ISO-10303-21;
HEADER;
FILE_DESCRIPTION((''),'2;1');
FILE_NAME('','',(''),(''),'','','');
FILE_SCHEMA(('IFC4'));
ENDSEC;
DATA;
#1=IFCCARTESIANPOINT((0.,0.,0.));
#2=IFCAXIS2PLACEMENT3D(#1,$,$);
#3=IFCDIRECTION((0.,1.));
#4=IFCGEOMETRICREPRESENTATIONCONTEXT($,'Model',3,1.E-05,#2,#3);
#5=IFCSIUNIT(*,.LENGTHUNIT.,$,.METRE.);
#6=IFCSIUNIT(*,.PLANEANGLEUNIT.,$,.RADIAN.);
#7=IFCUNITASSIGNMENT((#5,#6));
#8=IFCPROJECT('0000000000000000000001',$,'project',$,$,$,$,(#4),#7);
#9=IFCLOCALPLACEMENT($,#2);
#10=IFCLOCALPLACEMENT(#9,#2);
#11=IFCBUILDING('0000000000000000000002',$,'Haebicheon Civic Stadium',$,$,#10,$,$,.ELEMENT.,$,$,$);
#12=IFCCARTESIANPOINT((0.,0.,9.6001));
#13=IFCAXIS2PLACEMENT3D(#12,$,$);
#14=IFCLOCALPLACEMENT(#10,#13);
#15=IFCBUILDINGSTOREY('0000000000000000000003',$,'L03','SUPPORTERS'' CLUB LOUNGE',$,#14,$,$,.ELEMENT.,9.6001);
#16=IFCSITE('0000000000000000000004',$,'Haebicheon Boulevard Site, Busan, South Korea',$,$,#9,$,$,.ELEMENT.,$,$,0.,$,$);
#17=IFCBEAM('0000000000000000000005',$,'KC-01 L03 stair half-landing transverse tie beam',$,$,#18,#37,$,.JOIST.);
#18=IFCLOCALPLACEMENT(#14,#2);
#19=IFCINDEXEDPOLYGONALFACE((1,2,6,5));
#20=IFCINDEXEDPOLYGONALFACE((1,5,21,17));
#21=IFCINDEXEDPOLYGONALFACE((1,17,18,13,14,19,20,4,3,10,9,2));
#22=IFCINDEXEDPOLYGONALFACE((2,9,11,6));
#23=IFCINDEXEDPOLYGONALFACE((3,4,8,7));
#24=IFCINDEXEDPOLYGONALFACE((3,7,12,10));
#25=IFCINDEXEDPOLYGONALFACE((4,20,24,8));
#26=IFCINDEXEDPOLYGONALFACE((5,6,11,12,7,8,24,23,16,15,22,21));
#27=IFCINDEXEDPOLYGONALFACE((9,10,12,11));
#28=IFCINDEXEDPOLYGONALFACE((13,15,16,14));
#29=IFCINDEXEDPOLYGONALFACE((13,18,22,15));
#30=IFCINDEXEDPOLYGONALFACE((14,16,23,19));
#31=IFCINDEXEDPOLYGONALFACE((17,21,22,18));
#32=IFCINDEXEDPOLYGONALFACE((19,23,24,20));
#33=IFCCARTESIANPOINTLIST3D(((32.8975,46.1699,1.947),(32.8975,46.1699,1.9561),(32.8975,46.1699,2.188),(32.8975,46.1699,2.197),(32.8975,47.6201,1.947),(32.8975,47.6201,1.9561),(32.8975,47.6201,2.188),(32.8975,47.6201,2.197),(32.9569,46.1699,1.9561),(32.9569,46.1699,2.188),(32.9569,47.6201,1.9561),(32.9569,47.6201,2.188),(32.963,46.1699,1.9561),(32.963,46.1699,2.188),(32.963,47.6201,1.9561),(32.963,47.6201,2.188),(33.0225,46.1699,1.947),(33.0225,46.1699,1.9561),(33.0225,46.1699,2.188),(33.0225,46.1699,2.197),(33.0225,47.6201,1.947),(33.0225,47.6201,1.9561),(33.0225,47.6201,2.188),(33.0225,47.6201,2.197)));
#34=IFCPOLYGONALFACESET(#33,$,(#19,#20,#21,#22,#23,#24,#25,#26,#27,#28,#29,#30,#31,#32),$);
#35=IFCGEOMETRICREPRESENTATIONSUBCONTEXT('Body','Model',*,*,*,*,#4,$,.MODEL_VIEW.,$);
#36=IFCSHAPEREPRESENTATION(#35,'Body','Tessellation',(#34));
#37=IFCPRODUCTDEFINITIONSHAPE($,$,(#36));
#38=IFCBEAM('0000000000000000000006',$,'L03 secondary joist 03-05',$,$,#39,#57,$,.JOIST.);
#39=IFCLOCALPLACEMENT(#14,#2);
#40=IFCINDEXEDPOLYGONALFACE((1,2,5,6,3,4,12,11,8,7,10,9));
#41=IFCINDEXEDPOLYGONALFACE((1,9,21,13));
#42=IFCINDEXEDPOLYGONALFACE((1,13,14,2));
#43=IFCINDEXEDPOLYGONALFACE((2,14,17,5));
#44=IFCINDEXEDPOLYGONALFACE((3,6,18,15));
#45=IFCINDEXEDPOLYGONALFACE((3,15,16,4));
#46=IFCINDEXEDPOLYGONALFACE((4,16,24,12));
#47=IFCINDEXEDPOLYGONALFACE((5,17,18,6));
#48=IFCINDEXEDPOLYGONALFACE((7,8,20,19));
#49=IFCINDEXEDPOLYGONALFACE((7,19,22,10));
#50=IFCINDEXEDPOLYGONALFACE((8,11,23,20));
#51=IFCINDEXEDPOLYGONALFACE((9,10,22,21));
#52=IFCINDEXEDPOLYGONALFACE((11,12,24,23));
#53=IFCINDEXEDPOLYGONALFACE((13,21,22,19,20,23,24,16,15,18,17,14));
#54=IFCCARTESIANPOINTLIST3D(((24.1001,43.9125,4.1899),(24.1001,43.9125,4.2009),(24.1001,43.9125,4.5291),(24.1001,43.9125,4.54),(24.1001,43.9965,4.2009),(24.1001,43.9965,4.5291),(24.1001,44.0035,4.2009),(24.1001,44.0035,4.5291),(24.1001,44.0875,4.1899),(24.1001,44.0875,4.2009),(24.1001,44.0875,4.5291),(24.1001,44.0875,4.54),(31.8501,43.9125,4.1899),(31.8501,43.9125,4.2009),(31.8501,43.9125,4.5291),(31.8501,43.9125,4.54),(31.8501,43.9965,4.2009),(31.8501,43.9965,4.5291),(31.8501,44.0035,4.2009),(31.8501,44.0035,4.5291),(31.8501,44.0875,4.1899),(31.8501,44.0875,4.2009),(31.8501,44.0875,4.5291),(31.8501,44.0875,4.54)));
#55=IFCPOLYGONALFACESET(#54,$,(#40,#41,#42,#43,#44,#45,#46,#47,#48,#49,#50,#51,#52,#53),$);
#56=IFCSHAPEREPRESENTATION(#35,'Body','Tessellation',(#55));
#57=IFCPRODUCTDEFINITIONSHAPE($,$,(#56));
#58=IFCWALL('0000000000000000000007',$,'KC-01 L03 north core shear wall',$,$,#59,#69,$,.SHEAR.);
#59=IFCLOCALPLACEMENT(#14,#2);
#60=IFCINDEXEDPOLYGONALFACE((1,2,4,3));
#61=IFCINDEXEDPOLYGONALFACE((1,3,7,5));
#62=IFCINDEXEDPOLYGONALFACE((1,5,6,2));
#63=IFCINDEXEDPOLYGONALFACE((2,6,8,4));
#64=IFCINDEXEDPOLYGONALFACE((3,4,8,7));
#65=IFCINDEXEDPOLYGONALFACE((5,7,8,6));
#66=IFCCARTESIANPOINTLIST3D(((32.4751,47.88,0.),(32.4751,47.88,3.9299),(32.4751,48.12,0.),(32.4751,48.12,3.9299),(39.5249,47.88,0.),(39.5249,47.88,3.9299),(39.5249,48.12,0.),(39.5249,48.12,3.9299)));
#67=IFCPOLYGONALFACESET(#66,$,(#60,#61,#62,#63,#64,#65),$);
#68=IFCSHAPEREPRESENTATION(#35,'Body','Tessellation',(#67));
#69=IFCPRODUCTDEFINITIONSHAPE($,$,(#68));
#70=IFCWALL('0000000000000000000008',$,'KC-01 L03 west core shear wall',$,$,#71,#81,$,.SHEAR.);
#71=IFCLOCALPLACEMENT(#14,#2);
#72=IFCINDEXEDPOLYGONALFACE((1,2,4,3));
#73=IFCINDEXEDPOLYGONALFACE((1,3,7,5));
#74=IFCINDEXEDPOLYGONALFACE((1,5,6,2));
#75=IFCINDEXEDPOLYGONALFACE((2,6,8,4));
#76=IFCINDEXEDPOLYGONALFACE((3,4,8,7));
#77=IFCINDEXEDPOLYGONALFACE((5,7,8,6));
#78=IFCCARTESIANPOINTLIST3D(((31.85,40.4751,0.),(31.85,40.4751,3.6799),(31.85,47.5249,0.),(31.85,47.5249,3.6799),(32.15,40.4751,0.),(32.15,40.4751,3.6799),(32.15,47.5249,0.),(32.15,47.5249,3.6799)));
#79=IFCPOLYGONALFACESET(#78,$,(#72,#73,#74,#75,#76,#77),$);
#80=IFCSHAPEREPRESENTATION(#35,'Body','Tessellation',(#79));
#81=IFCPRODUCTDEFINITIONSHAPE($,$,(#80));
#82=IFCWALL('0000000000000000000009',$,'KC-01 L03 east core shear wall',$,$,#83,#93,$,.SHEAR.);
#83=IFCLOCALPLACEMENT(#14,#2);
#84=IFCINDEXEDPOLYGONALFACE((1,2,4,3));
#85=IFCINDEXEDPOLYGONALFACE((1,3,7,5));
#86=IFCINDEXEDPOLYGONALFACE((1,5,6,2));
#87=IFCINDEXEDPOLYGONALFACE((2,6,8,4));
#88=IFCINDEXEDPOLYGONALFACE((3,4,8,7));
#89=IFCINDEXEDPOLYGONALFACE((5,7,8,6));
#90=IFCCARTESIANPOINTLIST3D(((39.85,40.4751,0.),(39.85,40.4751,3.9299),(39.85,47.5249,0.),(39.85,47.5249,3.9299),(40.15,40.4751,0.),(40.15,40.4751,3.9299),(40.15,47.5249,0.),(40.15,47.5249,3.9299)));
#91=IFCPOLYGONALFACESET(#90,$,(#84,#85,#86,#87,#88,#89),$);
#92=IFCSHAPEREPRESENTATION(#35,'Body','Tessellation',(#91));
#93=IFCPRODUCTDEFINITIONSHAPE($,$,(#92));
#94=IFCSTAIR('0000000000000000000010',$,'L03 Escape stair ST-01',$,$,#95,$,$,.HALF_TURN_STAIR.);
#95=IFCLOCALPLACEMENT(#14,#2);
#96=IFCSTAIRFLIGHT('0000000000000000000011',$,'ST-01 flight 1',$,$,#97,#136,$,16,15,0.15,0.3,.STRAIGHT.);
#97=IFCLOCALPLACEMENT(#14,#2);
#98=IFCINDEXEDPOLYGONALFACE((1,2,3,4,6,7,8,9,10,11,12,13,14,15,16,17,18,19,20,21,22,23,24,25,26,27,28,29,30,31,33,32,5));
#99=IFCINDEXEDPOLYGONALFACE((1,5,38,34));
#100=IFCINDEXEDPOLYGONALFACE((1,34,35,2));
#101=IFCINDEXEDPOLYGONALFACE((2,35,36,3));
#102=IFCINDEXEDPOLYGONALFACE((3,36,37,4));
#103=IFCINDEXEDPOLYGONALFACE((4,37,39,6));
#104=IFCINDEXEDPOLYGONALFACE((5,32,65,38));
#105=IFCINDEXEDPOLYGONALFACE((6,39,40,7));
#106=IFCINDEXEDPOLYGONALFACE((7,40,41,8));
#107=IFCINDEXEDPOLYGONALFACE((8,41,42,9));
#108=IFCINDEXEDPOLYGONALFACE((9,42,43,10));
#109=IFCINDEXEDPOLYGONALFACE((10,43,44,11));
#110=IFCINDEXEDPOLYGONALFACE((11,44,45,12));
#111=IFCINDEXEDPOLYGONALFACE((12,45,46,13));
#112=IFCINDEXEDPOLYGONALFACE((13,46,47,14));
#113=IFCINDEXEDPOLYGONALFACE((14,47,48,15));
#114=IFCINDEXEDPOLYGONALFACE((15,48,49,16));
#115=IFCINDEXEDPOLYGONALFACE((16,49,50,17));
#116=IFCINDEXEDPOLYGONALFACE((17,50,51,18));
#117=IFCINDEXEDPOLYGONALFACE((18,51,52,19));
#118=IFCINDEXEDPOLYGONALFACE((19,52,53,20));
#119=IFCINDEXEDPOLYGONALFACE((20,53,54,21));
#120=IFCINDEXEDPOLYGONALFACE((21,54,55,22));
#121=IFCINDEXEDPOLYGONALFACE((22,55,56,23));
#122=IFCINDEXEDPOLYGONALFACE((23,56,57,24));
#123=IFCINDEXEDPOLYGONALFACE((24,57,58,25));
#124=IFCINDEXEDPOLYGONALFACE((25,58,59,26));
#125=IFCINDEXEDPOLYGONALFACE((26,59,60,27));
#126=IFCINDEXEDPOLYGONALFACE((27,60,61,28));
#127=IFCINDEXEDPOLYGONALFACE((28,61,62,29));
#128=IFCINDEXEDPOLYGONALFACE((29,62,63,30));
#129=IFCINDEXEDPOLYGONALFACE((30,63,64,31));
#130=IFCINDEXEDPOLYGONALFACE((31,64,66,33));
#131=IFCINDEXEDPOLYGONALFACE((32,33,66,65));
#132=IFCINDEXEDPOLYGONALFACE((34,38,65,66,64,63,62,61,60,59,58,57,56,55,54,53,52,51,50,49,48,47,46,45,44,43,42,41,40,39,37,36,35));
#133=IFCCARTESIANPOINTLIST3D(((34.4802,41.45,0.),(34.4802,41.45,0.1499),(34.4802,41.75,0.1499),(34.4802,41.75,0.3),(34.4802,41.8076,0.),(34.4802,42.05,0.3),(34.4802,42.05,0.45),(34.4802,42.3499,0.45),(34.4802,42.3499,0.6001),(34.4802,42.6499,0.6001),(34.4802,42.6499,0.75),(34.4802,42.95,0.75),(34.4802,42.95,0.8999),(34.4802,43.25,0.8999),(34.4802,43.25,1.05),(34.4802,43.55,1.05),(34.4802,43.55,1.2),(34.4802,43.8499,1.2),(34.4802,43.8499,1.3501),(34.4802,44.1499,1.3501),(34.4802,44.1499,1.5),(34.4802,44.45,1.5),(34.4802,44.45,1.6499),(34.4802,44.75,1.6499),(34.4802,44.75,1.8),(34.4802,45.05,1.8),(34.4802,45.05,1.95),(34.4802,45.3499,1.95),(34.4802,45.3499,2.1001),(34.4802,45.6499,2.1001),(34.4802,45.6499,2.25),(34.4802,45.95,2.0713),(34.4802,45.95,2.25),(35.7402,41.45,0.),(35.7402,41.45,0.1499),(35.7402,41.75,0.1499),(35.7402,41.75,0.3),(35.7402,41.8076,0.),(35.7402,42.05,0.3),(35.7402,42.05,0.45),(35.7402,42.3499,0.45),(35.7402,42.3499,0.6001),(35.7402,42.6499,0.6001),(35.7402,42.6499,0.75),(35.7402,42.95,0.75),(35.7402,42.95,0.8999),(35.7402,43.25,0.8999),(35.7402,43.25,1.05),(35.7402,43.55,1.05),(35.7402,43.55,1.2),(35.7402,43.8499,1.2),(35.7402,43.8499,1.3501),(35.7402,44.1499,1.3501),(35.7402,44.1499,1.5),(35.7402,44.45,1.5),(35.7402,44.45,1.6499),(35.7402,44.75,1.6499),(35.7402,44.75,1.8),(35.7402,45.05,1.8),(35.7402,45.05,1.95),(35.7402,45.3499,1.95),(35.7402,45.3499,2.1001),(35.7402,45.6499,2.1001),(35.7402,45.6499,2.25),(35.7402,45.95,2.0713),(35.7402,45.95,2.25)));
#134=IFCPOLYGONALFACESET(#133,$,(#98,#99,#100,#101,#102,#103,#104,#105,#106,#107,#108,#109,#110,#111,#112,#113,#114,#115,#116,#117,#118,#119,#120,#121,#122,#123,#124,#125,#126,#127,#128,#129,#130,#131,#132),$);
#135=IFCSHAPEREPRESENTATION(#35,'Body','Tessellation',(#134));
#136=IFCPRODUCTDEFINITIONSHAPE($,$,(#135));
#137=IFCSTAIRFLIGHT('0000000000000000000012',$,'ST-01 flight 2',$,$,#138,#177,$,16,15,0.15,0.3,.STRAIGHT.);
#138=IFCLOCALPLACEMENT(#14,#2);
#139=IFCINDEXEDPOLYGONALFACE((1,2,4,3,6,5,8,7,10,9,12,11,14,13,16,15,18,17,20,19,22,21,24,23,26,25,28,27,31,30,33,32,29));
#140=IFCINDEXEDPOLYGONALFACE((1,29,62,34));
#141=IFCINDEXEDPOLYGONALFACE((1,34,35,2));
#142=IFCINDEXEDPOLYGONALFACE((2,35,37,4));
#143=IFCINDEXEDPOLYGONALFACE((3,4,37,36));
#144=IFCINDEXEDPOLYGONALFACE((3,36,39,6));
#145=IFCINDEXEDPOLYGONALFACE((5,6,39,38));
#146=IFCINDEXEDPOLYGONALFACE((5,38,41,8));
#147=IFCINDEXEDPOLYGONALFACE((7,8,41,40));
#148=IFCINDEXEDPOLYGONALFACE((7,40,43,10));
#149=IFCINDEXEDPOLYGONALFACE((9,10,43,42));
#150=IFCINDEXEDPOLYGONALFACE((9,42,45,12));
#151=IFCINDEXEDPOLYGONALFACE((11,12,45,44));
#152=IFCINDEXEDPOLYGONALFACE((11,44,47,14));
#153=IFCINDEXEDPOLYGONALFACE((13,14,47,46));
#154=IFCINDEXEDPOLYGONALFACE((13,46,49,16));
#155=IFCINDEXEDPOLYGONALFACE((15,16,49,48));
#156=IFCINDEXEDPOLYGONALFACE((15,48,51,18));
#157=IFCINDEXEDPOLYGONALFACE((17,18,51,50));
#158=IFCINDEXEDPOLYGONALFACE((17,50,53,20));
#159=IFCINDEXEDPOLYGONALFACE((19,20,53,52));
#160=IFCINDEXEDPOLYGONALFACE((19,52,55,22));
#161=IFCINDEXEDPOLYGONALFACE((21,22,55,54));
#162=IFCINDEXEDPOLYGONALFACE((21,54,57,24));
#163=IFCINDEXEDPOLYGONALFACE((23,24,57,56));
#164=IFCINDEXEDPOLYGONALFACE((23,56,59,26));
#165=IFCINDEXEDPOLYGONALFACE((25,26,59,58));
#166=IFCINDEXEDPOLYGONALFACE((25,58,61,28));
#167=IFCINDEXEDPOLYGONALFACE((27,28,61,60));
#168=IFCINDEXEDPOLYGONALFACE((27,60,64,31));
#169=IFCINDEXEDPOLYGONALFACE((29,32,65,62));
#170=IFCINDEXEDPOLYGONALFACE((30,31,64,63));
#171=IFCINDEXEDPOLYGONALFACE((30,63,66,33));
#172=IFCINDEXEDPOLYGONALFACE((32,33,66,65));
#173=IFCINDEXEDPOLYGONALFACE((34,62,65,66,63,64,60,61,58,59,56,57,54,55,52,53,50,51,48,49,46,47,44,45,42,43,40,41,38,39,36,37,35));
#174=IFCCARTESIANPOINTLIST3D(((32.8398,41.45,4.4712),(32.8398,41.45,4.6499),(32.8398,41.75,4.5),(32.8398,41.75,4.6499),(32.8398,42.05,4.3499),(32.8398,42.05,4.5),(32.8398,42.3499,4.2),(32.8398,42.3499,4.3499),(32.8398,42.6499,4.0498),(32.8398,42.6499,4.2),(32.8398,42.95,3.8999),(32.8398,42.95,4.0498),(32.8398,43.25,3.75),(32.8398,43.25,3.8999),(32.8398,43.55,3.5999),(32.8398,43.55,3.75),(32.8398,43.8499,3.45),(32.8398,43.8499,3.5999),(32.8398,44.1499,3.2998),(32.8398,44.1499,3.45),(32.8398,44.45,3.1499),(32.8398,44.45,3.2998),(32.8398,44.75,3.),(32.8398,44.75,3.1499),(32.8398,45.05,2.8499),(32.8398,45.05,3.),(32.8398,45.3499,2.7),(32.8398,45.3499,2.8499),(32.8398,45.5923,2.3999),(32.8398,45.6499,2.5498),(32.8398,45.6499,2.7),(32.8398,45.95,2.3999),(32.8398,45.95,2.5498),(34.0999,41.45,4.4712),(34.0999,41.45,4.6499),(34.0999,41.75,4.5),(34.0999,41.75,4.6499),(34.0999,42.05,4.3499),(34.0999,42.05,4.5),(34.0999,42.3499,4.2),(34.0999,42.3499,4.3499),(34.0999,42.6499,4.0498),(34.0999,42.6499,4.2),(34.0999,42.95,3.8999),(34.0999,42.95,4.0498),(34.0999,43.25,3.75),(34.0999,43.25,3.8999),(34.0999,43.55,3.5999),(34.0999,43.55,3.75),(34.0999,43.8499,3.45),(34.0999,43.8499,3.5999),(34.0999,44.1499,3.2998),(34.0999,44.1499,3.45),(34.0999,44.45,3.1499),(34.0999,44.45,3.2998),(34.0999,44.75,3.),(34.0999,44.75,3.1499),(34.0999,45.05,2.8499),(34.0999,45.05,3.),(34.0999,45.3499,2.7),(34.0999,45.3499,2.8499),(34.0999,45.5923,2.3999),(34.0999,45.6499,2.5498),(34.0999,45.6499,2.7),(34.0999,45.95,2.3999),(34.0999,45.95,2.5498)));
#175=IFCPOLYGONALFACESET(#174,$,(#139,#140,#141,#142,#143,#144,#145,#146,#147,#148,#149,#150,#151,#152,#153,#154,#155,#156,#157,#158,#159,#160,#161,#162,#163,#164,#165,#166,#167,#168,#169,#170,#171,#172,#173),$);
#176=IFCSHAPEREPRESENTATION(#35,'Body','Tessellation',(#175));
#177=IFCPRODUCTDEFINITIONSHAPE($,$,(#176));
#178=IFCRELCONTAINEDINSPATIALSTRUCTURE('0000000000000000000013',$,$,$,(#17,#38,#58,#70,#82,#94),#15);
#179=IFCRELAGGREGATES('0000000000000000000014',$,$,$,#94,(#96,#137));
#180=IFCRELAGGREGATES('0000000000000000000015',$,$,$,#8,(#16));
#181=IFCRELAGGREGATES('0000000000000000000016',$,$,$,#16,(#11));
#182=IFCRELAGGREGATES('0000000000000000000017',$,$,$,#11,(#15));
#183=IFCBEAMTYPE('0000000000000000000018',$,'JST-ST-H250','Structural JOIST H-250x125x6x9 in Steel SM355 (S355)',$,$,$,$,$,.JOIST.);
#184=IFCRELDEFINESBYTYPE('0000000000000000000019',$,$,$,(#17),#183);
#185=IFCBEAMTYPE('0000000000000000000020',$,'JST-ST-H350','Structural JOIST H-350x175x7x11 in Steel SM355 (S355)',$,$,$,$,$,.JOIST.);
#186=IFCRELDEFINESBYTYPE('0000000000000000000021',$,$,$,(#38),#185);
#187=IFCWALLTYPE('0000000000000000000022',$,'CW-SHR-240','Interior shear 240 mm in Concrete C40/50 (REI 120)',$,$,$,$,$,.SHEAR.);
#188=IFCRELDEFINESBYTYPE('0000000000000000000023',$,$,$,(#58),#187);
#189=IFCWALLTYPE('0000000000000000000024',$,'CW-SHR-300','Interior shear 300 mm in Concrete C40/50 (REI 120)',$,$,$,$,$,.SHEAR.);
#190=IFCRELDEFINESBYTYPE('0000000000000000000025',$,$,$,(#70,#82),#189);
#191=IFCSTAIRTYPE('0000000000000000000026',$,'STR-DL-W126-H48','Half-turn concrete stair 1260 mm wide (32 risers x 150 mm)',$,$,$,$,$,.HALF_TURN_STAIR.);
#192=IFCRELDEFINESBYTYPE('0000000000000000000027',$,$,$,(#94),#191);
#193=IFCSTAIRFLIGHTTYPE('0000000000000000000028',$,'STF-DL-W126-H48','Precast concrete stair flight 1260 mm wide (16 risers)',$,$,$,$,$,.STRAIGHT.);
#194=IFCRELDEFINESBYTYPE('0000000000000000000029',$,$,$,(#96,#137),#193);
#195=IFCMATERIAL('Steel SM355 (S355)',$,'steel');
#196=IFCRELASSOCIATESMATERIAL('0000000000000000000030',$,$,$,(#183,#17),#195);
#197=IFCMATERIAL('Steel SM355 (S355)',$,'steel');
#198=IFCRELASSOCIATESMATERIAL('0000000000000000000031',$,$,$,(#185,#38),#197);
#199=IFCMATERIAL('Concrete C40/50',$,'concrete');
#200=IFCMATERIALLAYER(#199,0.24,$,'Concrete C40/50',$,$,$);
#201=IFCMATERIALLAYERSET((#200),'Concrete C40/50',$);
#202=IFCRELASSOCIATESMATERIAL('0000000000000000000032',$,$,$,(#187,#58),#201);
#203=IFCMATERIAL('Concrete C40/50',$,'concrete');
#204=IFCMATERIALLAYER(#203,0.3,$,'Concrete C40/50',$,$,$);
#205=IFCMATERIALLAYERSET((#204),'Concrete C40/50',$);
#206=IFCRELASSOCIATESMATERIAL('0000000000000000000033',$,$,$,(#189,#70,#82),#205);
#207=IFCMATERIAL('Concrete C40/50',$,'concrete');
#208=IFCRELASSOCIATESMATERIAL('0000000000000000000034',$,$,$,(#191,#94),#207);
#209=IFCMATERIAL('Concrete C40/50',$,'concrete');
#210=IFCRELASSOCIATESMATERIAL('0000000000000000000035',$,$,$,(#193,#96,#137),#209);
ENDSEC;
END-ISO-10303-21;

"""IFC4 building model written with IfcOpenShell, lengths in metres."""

from ifc_helpers import new_model, si_unit, direction, frame, frame_2d, origin, origin_2d, place, context, subcontext, project, spatial, polyline, rectangle, i_section, outline, extrude, material, layer, layer_set, material_profile, profile_set, type_object, element, aggregate, save


model = new_model("IFC4")

# Units and contexts
model_context = context("Model", 3, precision=1e-05, world=origin(), true_north=direction((0.0, 1.0)))
body_context = subcontext(model_context, "Body", "Model", "MODEL_VIEW")
ifc_project = project(units=[si_unit("LENGTHUNIT", "METRE"), si_unit("PLANEANGLEUNIT", "RADIAN")], contexts=[model_context])

# Site, building, storey
site_placement = place(None, origin())
site = spatial("IfcSite", under=ifc_project, at=site_placement, Name="Haebicheon Boulevard Site, Busan, South Korea", CompositionType="ELEMENT", RefElevation=0.0)
building_placement = place(site_placement, origin())
building = spatial("IfcBuilding", under=site, at=building_placement, Name="Haebicheon Civic Stadium", CompositionType="ELEMENT")
storey_placement = place(building_placement, frame((0.0, 0.0, 9.6001)))
storey = spatial("IfcBuildingStorey", under=building, at=storey_placement, Name="L03", Description="SUPPORTERS' CLUB LOUNGE", CompositionType="ELEMENT", Elevation=9.6001)

# Beams
ifc_material_1 = material(Name="Steel SM355 (S355)", Category="steel")
ifc_material_profile_1 = material_profile(ifc_material_1, i_section(OverallWidth=0.125, OverallDepth=0.25, WebThickness=0.0061, FlangeThickness=0.009, at=origin_2d()), Name="H-250x125x6x9")
ifc_profile_set_1 = profile_set([ifc_material_profile_1], Name="Steel SM355 (S355)")
beam_type_1 = type_object("IfcBeamType", Name="JST-ST-H250", Description="Structural JOIST H-250x125x6x9 in Steel SM355 (S355)", PredefinedType="JOIST", material=ifc_profile_set_1)
beam_1_placement = place(storey_placement, frame((32.96, 46.1699, 2.072), z_axis=(0.0, 1.0, 0.0), x_axis=(-1.0, 0.0, 0.0)))
element("IfcBeam", 1, at=beam_1_placement, inside=storey, type_object=beam_type_1, material=ifc_profile_set_1, Name="KC-01 L03 stair half-landing transverse tie beam", PredefinedType="JOIST", context=body_context, shape_type="SweptSolid", body=[
    extrude(i_section(OverallWidth=0.125, OverallDepth=0.25, WebThickness=0.0061, FlangeThickness=0.009, at=origin_2d()), origin(), (0.0, 0.0, 1.0), 1.4502),
])
ifc_material_2 = material(Name="Steel SM355 (S355)", Category="steel")
ifc_material_profile_2 = material_profile(ifc_material_2, i_section(OverallWidth=0.175, OverallDepth=0.3501, WebThickness=0.0071, FlangeThickness=0.011, at=origin_2d()), Name="H-350x175x7x11")
ifc_profile_set_2 = profile_set([ifc_material_profile_2], Name="Steel SM355 (S355)")
beam_type_2 = type_object("IfcBeamType", Name="JST-ST-H350", Description="Structural JOIST H-350x175x7x11 in Steel SM355 (S355)", PredefinedType="JOIST", material=ifc_profile_set_2)
beam_2_placement = place(storey_placement, frame((24.1001, 44.0, 4.365), z_axis=(1.0, 0.0, 0.0), x_axis=(0.0, 1.0, 0.0)))
element("IfcBeam", 2, at=beam_2_placement, inside=storey, type_object=beam_type_2, material=ifc_profile_set_2, Name="L03 secondary joist 03-05", PredefinedType="JOIST", context=body_context, shape_type="SweptSolid", body=[
    extrude(i_section(OverallWidth=0.175, OverallDepth=0.3501, WebThickness=0.0071, FlangeThickness=0.011, at=origin_2d()), origin(), (0.0, 0.0, 1.0), 7.75),
])

# Walls
ifc_material_3 = material(Name="Concrete C40/50", Category="concrete")
ifc_layer_1 = layer(ifc_material_3, 0.24, Name="Concrete C40/50")
ifc_layer_set_1 = layer_set([ifc_layer_1], Name="Concrete C40/50")
wall_type_1 = type_object("IfcWallType", Name="CW-SHR-240", Description="Interior shear 240 mm in Concrete C40/50 (REI 120)", PredefinedType="SHEAR", material=ifc_layer_set_1)
wall_1_placement = place(storey_placement, frame((32.4751, 48.0, 0.0), z_axis=(0.0, 0.0, 1.0), x_axis=(1.0, 0.0, 0.0)))
element("IfcWall", 3, at=wall_1_placement, inside=storey, type_object=wall_type_1, material=ifc_layer_set_1, Name="KC-01 L03 north core shear wall", PredefinedType="SHEAR", context=body_context, shape_type="SweptSolid", body=[
    extrude(rectangle(XDim=7.0498, YDim=0.24, at=frame_2d((3.5249, 0.0))), origin(), (0.0, 0.0, 1.0), 3.9299),
])
ifc_material_4 = material(Name="Concrete C40/50", Category="concrete")
ifc_layer_2 = layer(ifc_material_4, 0.3, Name="Concrete C40/50")
ifc_layer_set_2 = layer_set([ifc_layer_2], Name="Concrete C40/50")
wall_type_2 = type_object("IfcWallType", Name="CW-SHR-300", Description="Interior shear 300 mm in Concrete C40/50 (REI 120)", PredefinedType="SHEAR", material=ifc_layer_set_2)
wall_2_placement = place(storey_placement, frame((32.0, 40.4751, 0.0), z_axis=(0.0, 0.0, 1.0), x_axis=(0.0, 1.0, 0.0)))
element("IfcWall", 4, at=wall_2_placement, inside=storey, type_object=wall_type_2, material=ifc_layer_set_2, Name="KC-01 L03 west core shear wall", PredefinedType="SHEAR", context=body_context, shape_type="SweptSolid", body=[
    extrude(rectangle(XDim=7.0498, YDim=0.3, at=frame_2d((3.5249, 0.0))), origin(), (0.0, 0.0, 1.0), 3.6799),
])
wall_3_placement = place(storey_placement, frame((40.0, 40.4751, 0.0), z_axis=(0.0, 0.0, 1.0), x_axis=(0.0, 1.0, 0.0)))
element("IfcWall", 5, at=wall_3_placement, inside=storey, type_object=wall_type_2, material=ifc_layer_set_2, Name="KC-01 L03 east core shear wall", PredefinedType="SHEAR", context=body_context, shape_type="SweptSolid", body=[
    extrude(rectangle(XDim=7.0498, YDim=0.3, at=frame_2d((3.5249, 0.0))), origin(), (0.0, 0.0, 1.0), 3.9299),
])

# Stair, stair flights
ifc_material_5 = material(Name="Concrete C40/50", Category="concrete")
stair_type = type_object("IfcStairType", Name="STR-DL-W126-H48", Description="Half-turn concrete stair 1260 mm wide (32 risers x 150 mm)", PredefinedType="HALF_TURN_STAIR", material=ifc_material_5)
stair_placement = place(storey_placement, origin())
stair = element("IfcStair", 6, at=stair_placement, inside=storey, type_object=stair_type, material=ifc_material_5, Name="L03 Escape stair ST-01", PredefinedType="HALF_TURN_STAIR")
ifc_material_6 = material(Name="Concrete C40/50", Category="concrete")
stair_flight_type = type_object("IfcStairFlightType", Name="STF-DL-W126-H48", Description="Precast concrete stair flight 1260 mm wide (16 risers)", PredefinedType="STRAIGHT", material=ifc_material_6)
stair_flight_1_placement = place(storey_placement, frame((35.1101, 41.45, 0.0), z_axis=(0.0, 0.0, 1.0), x_axis=(0.0, 1.0, 0.0)))
stair_flight_1 = element("IfcStairFlight", 7, at=stair_flight_1_placement, type_object=stair_flight_type, material=ifc_material_6, Name="ST-01 flight 1", NumberOfRisers=16, NumberOfTreads=15, PredefinedType="STRAIGHT", RiserHeight=0.15, TreadLength=0.3, context=body_context, shape_type="SweptSolid", body=[
    extrude(outline(polyline([(0.0, 0.0), (0.0, 0.1499), (0.3, 0.1499), (0.3, 0.3), (0.6001, 0.3), (0.6001, 0.45), (0.8999, 0.45), (0.8999, 0.6001), (1.2, 0.6001), (1.2, 0.75), (1.5, 0.75), (1.5, 0.8999), (1.8, 0.8999), (1.8, 1.05), (2.1001, 1.05), (2.1001, 1.2), (2.3999, 1.2), (2.3999, 1.3501), (2.7, 1.3501), (2.7, 1.5), (3.0, 1.5), (3.0, 1.6499), (3.3, 1.6499), (3.3, 1.8), (3.6001, 1.8), (3.6001, 1.95), (3.8999, 1.95), (3.8999, 2.1001), (4.2, 2.1001), (4.2, 2.25), (4.5, 2.25), (4.5, 2.3999), (4.5, 2.0713), (0.3577, 0.0), (0.0, 0.0)])), frame((0.0, 0.6299, 0.0), z_axis=(0.0, -1.0, 0.0), x_axis=(1.0, 0.0, 0.0)), (0.0, 0.0, 1.0), 1.26),
])
stair_flight_2_placement = place(storey_placement, frame((33.47, 45.95, 2.3999), z_axis=(0.0, 0.0, 1.0), x_axis=(0.0, -1.0, 0.0)))
stair_flight_2 = element("IfcStairFlight", 8, at=stair_flight_2_placement, type_object=stair_flight_type, material=ifc_material_6, Name="ST-01 flight 2", NumberOfRisers=16, NumberOfTreads=15, PredefinedType="STRAIGHT", RiserHeight=0.15, TreadLength=0.3, context=body_context, shape_type="SweptSolid", body=[
    extrude(outline(polyline([(0.0, 0.0), (0.0, 0.1499), (0.3, 0.1499), (0.3, 0.3), (0.6001, 0.3), (0.6001, 0.45), (0.8999, 0.45), (0.8999, 0.6001), (1.2, 0.6001), (1.2, 0.75), (1.5, 0.75), (1.5, 0.8999), (1.8, 0.8999), (1.8, 1.05), (2.1001, 1.05), (2.1001, 1.2), (2.3999, 1.2), (2.3999, 1.3501), (2.7, 1.3501), (2.7, 1.5), (3.0, 1.5), (3.0, 1.6499), (3.3, 1.6499), (3.3, 1.8), (3.6001, 1.8), (3.6001, 1.95), (3.8999, 1.95), (3.8999, 2.1001), (4.2, 2.1001), (4.2, 2.25), (4.5, 2.25), (4.5, 2.3999), (4.5, 2.0713), (0.3577, 0.0), (0.0, 0.0)])), frame((0.0, 0.6299, 0.0), z_axis=(0.0, -1.0, 0.0), x_axis=(1.0, 0.0, 0.0)), (0.0, 0.0, 1.0), 1.26),
])
aggregate(stair, [stair_flight_1, stair_flight_2])

save(model, "model.ifc")
